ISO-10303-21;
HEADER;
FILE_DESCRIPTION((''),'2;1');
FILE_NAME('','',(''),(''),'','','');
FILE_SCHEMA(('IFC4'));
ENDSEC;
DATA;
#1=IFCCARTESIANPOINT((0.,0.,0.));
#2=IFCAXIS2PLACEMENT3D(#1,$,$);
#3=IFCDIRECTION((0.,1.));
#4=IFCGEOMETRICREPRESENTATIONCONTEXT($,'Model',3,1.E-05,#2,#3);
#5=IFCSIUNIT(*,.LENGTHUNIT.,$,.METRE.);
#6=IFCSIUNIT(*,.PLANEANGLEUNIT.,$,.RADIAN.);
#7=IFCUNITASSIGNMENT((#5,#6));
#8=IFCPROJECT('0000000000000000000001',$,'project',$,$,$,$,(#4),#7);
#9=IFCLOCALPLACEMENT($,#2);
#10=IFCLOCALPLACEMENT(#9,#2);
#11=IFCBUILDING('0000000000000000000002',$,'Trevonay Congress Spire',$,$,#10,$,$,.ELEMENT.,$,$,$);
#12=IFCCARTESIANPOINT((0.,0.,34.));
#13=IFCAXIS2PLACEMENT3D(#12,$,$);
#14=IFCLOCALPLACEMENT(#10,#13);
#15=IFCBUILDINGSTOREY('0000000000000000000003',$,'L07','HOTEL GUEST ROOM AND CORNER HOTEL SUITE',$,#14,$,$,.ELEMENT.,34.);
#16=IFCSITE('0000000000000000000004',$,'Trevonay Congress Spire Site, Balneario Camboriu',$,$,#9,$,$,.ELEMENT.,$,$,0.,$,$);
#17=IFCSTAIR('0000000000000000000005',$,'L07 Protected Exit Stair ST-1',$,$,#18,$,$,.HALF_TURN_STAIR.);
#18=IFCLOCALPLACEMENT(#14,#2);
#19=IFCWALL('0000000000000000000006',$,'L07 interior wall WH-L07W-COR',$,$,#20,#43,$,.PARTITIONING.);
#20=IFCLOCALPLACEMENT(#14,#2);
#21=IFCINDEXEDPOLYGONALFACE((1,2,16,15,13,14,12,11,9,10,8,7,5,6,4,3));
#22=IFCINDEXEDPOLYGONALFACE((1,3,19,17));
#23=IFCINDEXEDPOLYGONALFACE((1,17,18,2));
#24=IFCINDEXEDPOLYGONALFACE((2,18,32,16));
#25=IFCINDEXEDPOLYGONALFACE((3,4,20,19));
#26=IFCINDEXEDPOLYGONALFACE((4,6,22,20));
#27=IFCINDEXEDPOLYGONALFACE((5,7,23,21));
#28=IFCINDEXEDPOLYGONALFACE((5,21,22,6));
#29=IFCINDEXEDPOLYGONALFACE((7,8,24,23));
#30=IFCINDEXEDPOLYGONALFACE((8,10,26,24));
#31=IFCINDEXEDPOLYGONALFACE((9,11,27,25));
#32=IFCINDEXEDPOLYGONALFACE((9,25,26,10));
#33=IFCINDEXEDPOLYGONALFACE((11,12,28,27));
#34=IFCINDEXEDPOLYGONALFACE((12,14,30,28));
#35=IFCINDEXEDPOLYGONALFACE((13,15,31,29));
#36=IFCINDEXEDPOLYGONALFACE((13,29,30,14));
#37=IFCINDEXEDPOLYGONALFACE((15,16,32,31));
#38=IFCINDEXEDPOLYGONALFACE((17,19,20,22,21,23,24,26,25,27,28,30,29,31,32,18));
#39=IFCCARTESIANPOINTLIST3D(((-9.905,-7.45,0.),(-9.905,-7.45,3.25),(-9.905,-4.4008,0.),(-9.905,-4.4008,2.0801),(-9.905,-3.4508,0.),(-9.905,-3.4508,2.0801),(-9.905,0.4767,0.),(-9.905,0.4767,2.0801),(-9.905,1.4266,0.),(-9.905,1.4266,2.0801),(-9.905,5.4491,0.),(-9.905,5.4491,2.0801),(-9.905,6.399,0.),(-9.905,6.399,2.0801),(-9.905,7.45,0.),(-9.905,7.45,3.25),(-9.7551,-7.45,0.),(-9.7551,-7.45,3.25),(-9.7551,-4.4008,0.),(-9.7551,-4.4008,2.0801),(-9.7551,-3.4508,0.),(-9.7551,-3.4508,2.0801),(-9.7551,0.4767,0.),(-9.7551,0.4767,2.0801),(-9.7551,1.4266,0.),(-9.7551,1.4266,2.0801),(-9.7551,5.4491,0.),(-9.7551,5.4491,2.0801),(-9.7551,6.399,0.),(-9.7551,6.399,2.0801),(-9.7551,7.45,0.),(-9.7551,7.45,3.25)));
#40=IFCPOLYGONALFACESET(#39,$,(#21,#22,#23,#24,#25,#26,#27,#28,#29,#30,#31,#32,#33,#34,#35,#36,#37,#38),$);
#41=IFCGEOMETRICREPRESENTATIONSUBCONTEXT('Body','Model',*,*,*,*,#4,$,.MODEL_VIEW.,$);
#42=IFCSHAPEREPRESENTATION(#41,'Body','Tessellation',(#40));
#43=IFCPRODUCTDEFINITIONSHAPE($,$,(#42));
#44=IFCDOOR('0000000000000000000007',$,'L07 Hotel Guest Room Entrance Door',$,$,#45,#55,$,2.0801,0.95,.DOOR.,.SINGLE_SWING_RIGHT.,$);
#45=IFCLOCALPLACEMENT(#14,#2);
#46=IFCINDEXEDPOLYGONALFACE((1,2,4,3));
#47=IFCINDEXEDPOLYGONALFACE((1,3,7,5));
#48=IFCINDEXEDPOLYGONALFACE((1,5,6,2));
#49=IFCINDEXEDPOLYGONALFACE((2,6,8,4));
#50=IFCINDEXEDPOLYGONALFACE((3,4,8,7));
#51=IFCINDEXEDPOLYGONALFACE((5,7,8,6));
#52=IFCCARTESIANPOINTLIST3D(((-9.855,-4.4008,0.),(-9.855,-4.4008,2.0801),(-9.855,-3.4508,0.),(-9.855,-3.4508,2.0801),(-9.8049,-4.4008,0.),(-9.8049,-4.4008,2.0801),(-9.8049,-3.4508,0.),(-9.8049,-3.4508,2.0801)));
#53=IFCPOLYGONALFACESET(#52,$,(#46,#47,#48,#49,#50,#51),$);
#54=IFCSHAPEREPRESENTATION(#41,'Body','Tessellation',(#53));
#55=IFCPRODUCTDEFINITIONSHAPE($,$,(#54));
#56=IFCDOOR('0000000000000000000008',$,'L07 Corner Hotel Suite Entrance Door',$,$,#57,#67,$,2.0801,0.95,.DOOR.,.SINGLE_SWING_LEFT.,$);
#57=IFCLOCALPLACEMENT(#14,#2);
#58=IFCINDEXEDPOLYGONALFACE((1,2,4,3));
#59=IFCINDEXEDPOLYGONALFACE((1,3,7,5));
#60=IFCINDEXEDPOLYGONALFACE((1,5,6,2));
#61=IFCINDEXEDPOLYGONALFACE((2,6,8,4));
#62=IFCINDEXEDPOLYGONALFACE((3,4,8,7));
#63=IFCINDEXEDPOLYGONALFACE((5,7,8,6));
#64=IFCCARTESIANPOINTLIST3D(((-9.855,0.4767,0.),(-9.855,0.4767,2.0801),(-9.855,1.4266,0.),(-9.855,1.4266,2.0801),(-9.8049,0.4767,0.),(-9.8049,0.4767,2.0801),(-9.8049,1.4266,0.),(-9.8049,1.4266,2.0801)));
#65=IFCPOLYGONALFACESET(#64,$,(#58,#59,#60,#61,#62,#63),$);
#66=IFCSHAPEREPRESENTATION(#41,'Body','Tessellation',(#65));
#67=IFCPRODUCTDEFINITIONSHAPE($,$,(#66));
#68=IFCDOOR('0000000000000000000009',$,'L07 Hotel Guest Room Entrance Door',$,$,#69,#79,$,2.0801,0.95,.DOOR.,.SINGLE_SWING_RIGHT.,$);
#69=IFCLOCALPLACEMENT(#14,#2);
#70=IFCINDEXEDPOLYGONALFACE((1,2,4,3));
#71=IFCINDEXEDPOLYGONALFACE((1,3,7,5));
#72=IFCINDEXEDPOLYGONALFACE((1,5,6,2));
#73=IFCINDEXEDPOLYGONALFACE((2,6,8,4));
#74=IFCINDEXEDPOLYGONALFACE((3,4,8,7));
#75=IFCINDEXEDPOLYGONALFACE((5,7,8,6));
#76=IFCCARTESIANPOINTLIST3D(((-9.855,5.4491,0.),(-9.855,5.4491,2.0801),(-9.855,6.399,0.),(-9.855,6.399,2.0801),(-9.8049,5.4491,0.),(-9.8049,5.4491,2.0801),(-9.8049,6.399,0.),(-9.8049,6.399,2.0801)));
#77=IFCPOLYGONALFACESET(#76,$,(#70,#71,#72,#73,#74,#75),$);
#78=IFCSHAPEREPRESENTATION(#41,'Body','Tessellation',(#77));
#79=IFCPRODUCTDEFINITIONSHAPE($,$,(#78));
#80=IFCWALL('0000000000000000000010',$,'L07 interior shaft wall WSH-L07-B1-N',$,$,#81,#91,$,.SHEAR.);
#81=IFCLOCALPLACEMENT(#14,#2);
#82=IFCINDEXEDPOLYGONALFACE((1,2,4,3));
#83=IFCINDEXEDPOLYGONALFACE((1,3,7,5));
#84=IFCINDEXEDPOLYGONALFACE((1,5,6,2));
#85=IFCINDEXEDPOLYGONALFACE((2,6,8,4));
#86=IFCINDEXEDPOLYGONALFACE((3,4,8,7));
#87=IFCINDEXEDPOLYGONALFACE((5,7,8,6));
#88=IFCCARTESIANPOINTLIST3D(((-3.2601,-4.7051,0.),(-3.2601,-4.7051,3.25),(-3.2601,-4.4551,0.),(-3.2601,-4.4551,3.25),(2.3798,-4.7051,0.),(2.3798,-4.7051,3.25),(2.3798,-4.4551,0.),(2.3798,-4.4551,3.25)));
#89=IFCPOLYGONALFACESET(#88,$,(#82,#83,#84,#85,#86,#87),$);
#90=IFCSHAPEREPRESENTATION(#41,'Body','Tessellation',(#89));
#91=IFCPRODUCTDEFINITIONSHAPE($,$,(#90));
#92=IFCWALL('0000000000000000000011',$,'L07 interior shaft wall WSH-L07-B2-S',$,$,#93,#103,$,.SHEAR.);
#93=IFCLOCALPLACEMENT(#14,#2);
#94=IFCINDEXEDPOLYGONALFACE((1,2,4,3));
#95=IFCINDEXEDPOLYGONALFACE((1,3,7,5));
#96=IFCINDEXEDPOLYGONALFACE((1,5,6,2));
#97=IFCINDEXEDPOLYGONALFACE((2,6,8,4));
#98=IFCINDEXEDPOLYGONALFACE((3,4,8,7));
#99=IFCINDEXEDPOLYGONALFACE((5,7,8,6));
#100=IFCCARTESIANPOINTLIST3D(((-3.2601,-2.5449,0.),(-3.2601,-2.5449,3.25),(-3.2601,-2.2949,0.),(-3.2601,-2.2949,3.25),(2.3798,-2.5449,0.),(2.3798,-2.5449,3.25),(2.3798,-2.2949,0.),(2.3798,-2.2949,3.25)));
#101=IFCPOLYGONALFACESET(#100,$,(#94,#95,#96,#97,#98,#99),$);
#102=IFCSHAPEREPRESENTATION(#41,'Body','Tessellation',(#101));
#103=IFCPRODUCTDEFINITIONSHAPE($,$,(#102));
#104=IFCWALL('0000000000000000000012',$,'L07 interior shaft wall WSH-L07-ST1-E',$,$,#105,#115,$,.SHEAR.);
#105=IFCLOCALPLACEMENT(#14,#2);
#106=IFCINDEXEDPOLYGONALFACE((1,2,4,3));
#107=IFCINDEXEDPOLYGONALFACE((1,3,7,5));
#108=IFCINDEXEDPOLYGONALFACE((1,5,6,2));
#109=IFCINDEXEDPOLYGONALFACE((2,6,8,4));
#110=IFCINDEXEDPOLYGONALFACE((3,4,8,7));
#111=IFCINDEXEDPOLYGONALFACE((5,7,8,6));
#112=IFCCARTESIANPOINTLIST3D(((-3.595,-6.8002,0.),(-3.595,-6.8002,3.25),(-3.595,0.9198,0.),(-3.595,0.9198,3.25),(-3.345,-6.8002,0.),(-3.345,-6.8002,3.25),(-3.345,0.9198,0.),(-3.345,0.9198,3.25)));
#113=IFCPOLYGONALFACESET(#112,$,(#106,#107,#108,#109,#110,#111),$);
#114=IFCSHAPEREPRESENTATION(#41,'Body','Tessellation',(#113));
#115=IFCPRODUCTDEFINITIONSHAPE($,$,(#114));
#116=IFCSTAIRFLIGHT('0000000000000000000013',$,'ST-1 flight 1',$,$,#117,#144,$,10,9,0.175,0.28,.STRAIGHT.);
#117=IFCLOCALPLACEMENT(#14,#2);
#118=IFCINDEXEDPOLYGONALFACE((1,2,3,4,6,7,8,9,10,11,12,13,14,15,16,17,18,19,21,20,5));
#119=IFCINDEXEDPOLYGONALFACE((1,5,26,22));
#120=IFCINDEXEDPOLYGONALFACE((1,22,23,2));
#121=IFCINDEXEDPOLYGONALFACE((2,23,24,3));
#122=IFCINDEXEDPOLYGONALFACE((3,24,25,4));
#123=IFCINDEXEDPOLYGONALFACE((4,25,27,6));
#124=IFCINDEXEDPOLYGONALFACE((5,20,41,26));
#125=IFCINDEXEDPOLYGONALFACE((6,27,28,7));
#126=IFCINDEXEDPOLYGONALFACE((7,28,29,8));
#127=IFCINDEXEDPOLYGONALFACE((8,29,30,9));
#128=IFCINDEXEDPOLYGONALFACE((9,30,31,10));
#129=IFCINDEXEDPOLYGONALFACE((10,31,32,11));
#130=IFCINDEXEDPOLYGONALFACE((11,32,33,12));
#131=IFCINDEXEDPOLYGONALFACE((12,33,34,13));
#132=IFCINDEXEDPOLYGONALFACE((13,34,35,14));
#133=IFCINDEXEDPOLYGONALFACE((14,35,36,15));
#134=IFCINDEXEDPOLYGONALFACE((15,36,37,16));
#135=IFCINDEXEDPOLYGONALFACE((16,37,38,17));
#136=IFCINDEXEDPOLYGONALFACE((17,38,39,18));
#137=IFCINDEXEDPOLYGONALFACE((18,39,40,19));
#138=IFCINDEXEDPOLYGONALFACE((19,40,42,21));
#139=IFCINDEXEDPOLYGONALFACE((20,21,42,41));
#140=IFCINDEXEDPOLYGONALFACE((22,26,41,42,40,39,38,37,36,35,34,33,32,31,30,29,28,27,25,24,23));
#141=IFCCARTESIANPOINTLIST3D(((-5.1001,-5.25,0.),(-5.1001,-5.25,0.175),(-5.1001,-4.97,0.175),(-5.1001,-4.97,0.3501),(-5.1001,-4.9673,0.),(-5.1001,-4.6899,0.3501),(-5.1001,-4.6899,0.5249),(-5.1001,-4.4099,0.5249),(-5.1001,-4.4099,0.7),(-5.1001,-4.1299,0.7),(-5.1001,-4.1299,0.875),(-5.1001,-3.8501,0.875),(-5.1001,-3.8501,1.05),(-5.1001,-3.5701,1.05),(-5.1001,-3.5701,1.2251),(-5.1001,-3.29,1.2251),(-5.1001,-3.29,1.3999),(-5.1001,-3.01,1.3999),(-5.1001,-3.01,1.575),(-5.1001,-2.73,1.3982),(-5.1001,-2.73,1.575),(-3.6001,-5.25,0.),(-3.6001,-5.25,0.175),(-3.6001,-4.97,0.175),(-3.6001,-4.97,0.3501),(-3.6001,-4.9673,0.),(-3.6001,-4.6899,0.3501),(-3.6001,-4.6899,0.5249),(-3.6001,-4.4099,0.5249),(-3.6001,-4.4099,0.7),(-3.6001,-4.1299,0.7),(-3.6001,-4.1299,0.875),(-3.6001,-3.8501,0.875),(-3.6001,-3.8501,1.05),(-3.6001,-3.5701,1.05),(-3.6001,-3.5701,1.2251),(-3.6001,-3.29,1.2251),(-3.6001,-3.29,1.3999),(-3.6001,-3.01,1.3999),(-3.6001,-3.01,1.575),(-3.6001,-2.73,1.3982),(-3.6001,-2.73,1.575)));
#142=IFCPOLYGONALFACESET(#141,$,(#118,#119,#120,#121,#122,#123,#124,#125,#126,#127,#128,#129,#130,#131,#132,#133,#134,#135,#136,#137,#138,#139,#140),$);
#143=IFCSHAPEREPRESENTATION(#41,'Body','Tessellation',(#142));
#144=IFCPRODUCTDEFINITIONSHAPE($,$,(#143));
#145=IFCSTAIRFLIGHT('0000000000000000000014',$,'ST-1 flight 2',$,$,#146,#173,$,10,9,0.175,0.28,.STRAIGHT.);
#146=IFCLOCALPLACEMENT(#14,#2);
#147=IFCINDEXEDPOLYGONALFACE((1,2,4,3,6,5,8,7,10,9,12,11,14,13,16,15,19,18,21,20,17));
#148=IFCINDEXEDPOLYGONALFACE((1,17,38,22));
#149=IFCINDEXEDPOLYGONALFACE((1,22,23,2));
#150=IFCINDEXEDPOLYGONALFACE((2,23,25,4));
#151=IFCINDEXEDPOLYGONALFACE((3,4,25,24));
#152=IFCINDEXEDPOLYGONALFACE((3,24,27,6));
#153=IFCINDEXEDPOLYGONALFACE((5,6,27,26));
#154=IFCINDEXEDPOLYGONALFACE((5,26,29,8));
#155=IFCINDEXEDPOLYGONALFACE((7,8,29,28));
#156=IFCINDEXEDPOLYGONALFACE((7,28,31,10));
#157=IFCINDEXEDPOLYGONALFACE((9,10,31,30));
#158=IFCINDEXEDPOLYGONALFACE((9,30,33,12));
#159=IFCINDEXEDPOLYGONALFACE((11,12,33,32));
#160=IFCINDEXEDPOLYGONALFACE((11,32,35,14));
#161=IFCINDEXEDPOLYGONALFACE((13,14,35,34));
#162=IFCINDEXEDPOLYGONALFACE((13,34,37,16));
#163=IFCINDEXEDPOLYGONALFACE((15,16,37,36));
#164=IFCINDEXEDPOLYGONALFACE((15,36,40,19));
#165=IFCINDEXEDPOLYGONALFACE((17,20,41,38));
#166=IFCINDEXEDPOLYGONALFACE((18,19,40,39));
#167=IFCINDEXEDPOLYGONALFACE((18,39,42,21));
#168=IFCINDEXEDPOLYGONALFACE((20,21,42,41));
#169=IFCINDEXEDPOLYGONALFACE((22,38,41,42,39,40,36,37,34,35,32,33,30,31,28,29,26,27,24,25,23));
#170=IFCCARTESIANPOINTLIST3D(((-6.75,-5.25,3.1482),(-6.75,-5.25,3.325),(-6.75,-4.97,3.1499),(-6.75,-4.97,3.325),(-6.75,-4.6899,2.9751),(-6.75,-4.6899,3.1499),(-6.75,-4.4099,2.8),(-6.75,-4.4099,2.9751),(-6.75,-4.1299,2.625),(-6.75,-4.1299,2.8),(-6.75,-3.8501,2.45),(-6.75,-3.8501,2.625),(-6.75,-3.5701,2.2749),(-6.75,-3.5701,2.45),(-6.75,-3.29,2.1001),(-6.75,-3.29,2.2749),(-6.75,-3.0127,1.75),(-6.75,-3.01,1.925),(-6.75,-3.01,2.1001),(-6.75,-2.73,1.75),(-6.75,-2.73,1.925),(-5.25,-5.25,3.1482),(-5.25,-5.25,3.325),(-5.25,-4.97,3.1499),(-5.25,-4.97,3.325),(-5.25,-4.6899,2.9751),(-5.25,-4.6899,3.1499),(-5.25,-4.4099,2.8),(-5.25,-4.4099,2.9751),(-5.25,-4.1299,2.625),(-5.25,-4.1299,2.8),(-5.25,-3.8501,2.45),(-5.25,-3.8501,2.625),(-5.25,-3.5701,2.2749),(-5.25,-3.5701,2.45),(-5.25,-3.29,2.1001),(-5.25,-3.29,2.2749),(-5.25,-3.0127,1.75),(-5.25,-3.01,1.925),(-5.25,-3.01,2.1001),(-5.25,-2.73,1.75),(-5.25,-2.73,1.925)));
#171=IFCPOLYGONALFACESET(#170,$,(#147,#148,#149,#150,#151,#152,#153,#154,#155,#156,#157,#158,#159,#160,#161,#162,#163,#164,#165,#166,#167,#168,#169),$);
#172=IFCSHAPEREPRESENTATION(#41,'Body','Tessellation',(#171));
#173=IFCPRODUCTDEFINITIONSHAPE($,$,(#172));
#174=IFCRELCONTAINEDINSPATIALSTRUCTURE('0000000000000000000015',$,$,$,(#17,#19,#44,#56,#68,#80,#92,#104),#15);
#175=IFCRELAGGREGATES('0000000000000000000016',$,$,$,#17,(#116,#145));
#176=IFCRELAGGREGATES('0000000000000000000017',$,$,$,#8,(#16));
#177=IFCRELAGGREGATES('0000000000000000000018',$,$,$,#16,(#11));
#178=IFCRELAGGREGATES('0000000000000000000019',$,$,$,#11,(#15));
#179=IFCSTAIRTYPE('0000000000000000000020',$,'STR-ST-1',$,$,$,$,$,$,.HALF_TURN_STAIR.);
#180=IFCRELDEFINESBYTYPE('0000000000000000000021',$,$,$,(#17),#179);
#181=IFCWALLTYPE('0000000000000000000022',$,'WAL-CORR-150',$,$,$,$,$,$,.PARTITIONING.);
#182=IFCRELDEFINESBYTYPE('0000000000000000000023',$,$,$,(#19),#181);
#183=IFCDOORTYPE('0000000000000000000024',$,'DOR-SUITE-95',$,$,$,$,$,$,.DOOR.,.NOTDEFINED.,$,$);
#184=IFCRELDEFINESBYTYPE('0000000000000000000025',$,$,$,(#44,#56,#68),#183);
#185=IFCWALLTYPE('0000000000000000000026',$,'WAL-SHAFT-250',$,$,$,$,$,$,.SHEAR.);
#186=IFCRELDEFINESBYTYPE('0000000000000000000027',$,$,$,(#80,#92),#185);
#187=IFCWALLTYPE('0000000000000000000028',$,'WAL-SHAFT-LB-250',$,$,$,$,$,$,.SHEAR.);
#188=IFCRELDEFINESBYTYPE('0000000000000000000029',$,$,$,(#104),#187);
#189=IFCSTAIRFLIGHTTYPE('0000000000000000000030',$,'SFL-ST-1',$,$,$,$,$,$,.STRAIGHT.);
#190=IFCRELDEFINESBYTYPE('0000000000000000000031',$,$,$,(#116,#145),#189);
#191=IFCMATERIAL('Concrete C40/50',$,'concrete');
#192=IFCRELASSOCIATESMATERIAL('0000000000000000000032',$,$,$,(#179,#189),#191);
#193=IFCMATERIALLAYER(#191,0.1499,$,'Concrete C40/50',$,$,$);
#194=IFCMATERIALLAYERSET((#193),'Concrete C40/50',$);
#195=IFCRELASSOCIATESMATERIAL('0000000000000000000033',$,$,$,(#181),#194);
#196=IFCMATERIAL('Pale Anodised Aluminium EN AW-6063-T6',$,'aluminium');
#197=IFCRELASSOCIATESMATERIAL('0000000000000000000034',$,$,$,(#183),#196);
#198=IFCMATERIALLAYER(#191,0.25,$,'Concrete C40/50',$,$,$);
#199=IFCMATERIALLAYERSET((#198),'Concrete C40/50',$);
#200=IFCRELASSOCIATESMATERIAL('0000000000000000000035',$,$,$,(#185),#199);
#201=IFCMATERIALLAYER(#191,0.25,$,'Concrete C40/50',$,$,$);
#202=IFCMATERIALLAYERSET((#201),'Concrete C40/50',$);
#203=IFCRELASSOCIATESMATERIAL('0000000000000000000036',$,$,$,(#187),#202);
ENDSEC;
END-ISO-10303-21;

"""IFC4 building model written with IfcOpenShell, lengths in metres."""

from ifc_helpers import new_model, si_unit, direction, frame, frame_2d, origin, place, context, subcontext, project, spatial, polyline, rectangle, outline, extrude, material, layer, layer_set, type_object, element, fill, aggregate, save


model = new_model("IFC4")

# Units and contexts
model_context = context("Model", 3, precision=1e-05, world=origin(), true_north=direction((0.0, 1.0)))
body_context = subcontext(model_context, "Body", "Model", "MODEL_VIEW")
ifc_project = project(units=[si_unit("LENGTHUNIT", "METRE"), si_unit("PLANEANGLEUNIT", "RADIAN")], contexts=[model_context])

# Site, building, storey
site_placement = place(None, origin())
site = spatial("IfcSite", under=ifc_project, at=site_placement, Name="Trevonay Congress Spire Site, Balneario Camboriu", CompositionType="ELEMENT", RefElevation=0.0)
building_placement = place(site_placement, origin())
building = spatial("IfcBuilding", under=site, at=building_placement, Name="Trevonay Congress Spire", CompositionType="ELEMENT")
storey_placement = place(building_placement, frame((0.0, 0.0, 34.0)))
storey = spatial("IfcBuildingStorey", under=building, at=storey_placement, Name="L07", Description="HOTEL GUEST ROOM AND CORNER HOTEL SUITE", CompositionType="ELEMENT", Elevation=34.0)

# Stair
ifc_material_1 = material(Name="Concrete C40/50", Category="concrete")
stair_type_1 = type_object("IfcStairType", Name="STR-ST-1", PredefinedType="HALF_TURN_STAIR", material=ifc_material_1)
stair_1_placement = place(storey_placement, origin())
stair_1 = element("IfcStair", 1, at=stair_1_placement, inside=storey, type_object=stair_type_1, Name="L07 Protected Exit Stair ST-1", PredefinedType="HALF_TURN_STAIR")

# Wall, openings, doors
ifc_material_2 = material(Name="Pale Anodised Aluminium EN AW-6063-T6", Category="aluminium")
ifc_layer_1 = layer(ifc_material_1, 0.1499, Name="Concrete C40/50")
ifc_layer_set_1 = layer_set([ifc_layer_1], Name="Concrete C40/50")
wall_type_1 = type_object("IfcWallType", Name="WAL-CORR-150", PredefinedType="PARTITIONING", material=ifc_layer_set_1)
wall_1_placement = place(storey_placement, frame((-9.8301, -7.45, 0.0), z_axis=(0.0, 0.0, 1.0), x_axis=(0.0, 1.0, 0.0)))
wall_1 = element("IfcWall", 2, at=wall_1_placement, inside=storey, type_object=wall_type_1, Name="L07 interior wall WH-L07W-COR", PredefinedType="PARTITIONING", context=body_context, shape_type="SweptSolid", body=[
    extrude(rectangle(XDim=14.8999, YDim=0.1499, at=frame_2d((7.45, 0.0))), origin(), (0.0, 0.0, 1.0), 3.25),
])
opening_1_placement = place(wall_1_placement, frame((3.0491, 0.0, 0.0)))
opening_1 = element("IfcOpeningElement", 3, at=opening_1_placement, cuts=wall_1, PredefinedType="OPENING", context=body_context, shape_type="SweptSolid", body=[
    extrude(rectangle(XDim=0.95, YDim=2.0801, at=frame_2d((0.4751, 1.04))), frame((0.0, 0.085, 0.0), z_axis=(0.0, -1.0, 0.0), x_axis=(1.0, 0.0, 0.0)), (0.0, 0.0, 1.0), 0.1699),
])
opening_2_placement = place(wall_1_placement, frame((7.9265, 0.0, 0.0)))
opening_2 = element("IfcOpeningElement", 4, at=opening_2_placement, cuts=wall_1, PredefinedType="OPENING", context=body_context, shape_type="SweptSolid", body=[
    extrude(rectangle(XDim=0.95, YDim=2.0801, at=frame_2d((0.4751, 1.04))), frame((0.0, 0.085, 0.0), z_axis=(0.0, -1.0, 0.0), x_axis=(1.0, 0.0, 0.0)), (0.0, 0.0, 1.0), 0.1699),
])
opening_3_placement = place(wall_1_placement, frame((12.8989, 0.0, 0.0)))
opening_3 = element("IfcOpeningElement", 5, at=opening_3_placement, cuts=wall_1, PredefinedType="OPENING", context=body_context, shape_type="SweptSolid", body=[
    extrude(rectangle(XDim=0.95, YDim=2.0801, at=frame_2d((0.4751, 1.04))), frame((0.0, 0.085, 0.0), z_axis=(0.0, -1.0, 0.0), x_axis=(1.0, 0.0, 0.0)), (0.0, 0.0, 1.0), 0.1699),
])
door_type_1 = type_object("IfcDoorType", Name="DOR-SUITE-95", OperationType="NOTDEFINED", PredefinedType="DOOR", material=ifc_material_2)
door_1_placement = place(opening_1_placement, origin())
door_1 = element("IfcDoor", 6, at=door_1_placement, inside=storey, type_object=door_type_1, Name="L07 Hotel Guest Room Entrance Door", OperationType="SINGLE_SWING_RIGHT", OverallHeight=2.0801, OverallWidth=0.95, PredefinedType="DOOR", context=body_context, shape_type="SweptSolid", body=[
    extrude(rectangle(XDim=0.95, YDim=2.0801, at=frame_2d((0.4751, 1.04))), frame((0.0, 0.0249, 0.0), z_axis=(0.0, -1.0, 0.0), x_axis=(1.0, 0.0, 0.0)), (0.0, 0.0, 1.0), 0.05),
])
fill(opening_1, door_1)
door_2_placement = place(opening_2_placement, origin())
door_2 = element("IfcDoor", 7, at=door_2_placement, inside=storey, type_object=door_type_1, Name="L07 Corner Hotel Suite Entrance Door", OperationType="SINGLE_SWING_LEFT", OverallHeight=2.0801, OverallWidth=0.95, PredefinedType="DOOR", context=body_context, shape_type="SweptSolid", body=[
    extrude(rectangle(XDim=0.95, YDim=2.0801, at=frame_2d((0.4751, 1.04))), frame((0.0, 0.0249, 0.0), z_axis=(0.0, -1.0, 0.0), x_axis=(1.0, 0.0, 0.0)), (0.0, 0.0, 1.0), 0.05),
])
fill(opening_2, door_2)
door_3_placement = place(opening_3_placement, origin())
door_3 = element("IfcDoor", 8, at=door_3_placement, inside=storey, type_object=door_type_1, Name="L07 Hotel Guest Room Entrance Door", OperationType="SINGLE_SWING_RIGHT", OverallHeight=2.0801, OverallWidth=0.95, PredefinedType="DOOR", context=body_context, shape_type="SweptSolid", body=[
    extrude(rectangle(XDim=0.95, YDim=2.0801, at=frame_2d((0.4751, 1.04))), frame((0.0, 0.0249, 0.0), z_axis=(0.0, -1.0, 0.0), x_axis=(1.0, 0.0, 0.0)), (0.0, 0.0, 1.0), 0.05),
])
fill(opening_3, door_3)

# Walls
ifc_layer_2 = layer(ifc_material_1, 0.25, Name="Concrete C40/50")
ifc_layer_set_2 = layer_set([ifc_layer_2], Name="Concrete C40/50")
wall_type_2 = type_object("IfcWallType", Name="WAL-SHAFT-250", PredefinedType="SHEAR", material=ifc_layer_set_2)
for number, where, z_axis, x_axis, name in (
    (9, (-3.26, -4.5801, 0.0), (0.0, 0.0, 1.0), (1.0, 0.0, 0.0), "L07 interior shaft wall WSH-L07-B1-N"),
    (10, (-3.26, -2.4199, 0.0), (0.0, 0.0, 1.0), (1.0, 0.0, 0.0), "L07 interior shaft wall WSH-L07-B2-S"),
):
    element("IfcWall", number, at=place(storey_placement, frame(where, z_axis=z_axis, x_axis=x_axis)), inside=storey, type_object=wall_type_2, Name=name, PredefinedType="SHEAR", context=body_context, shape_type="SweptSolid", body=[
        extrude(rectangle(XDim=5.6399, YDim=0.25, at=frame_2d((2.8198, 0.0))), origin(), (0.0, 0.0, 1.0), 3.25),
    ])
ifc_layer_3 = layer(ifc_material_1, 0.25, Name="Concrete C40/50")
ifc_layer_set_3 = layer_set([ifc_layer_3], Name="Concrete C40/50")
wall_type_3 = type_object("IfcWallType", Name="WAL-SHAFT-LB-250", PredefinedType="SHEAR", material=ifc_layer_set_3)
wall_2_placement = place(storey_placement, frame((-3.47, -6.8, 0.0), z_axis=(0.0, 0.0, 1.0), x_axis=(0.0, 1.0, 0.0)))
element("IfcWall", 11, at=wall_2_placement, inside=storey, type_object=wall_type_3, Name="L07 interior shaft wall WSH-L07-ST1-E", PredefinedType="SHEAR", context=body_context, shape_type="SweptSolid", body=[
    extrude(rectangle(XDim=7.72, YDim=0.25, at=frame_2d((3.8599, 0.0))), origin(), (0.0, 0.0, 1.0), 3.25),
])

# Stair flights
stair_flight_type = type_object("IfcStairFlightType", Name="SFL-ST-1", PredefinedType="STRAIGHT", material=ifc_material_1)
stair_flight_1_placement = place(storey_placement, frame((-4.3501, -5.25, 0.0), z_axis=(0.0, 0.0, 1.0), x_axis=(0.0, 1.0, 0.0)))
stair_flight_1 = element("IfcStairFlight", 12, at=stair_flight_1_placement, type_object=stair_flight_type, Name="ST-1 flight 1", NumberOfRisers=10, NumberOfTreads=9, PredefinedType="STRAIGHT", RiserHeight=0.175, TreadLength=0.28, context=body_context, shape_type="SweptSolid", body=[
    extrude(outline(polyline([(0.0, 0.0), (0.0, 0.175), (0.28, 0.175), (0.28, 0.3501), (0.5601, 0.3501), (0.5601, 0.5249), (0.8401, 0.5249), (0.8401, 0.7), (1.1201, 0.7), (1.1201, 0.875), (1.3999, 0.875), (1.3999, 1.05), (1.6799, 1.05), (1.6799, 1.2251), (1.96, 1.2251), (1.96, 1.3999), (2.24, 1.3999), (2.24, 1.575), (2.52, 1.575), (2.52, 1.75), (2.52, 1.3982), (0.2827, 0.0), (0.0, 0.0)])), frame((0.0, 0.75, 0.0), z_axis=(0.0, -1.0, 0.0), x_axis=(1.0, 0.0, 0.0)), (0.0, 0.0, 1.0), 1.5),
])
stair_flight_2_placement = place(storey_placement, frame((-6.0, -2.73, 1.75), z_axis=(0.0, 0.0, 1.0), x_axis=(0.0, -1.0, 0.0)))
stair_flight_2 = element("IfcStairFlight", 13, at=stair_flight_2_placement, type_object=stair_flight_type, Name="ST-1 flight 2", NumberOfRisers=10, NumberOfTreads=9, PredefinedType="STRAIGHT", RiserHeight=0.175, TreadLength=0.28, context=body_context, shape_type="SweptSolid", body=[
    extrude(outline(polyline([(0.0, 0.0), (0.0, 0.175), (0.28, 0.175), (0.28, 0.3501), (0.5601, 0.3501), (0.5601, 0.5249), (0.8401, 0.5249), (0.8401, 0.7), (1.1201, 0.7), (1.1201, 0.875), (1.3999, 0.875), (1.3999, 1.05), (1.6799, 1.05), (1.6799, 1.2251), (1.96, 1.2251), (1.96, 1.3999), (2.24, 1.3999), (2.24, 1.575), (2.52, 1.575), (2.52, 1.75), (2.52, 1.3982), (0.2827, 0.0), (0.0, 0.0)])), frame((0.0, 0.75, 0.0), z_axis=(0.0, -1.0, 0.0), x_axis=(1.0, 0.0, 0.0)), (0.0, 0.0, 1.0), 1.5),
])
aggregate(stair_1, [stair_flight_1, stair_flight_2])

save(model, "model.ifc")
